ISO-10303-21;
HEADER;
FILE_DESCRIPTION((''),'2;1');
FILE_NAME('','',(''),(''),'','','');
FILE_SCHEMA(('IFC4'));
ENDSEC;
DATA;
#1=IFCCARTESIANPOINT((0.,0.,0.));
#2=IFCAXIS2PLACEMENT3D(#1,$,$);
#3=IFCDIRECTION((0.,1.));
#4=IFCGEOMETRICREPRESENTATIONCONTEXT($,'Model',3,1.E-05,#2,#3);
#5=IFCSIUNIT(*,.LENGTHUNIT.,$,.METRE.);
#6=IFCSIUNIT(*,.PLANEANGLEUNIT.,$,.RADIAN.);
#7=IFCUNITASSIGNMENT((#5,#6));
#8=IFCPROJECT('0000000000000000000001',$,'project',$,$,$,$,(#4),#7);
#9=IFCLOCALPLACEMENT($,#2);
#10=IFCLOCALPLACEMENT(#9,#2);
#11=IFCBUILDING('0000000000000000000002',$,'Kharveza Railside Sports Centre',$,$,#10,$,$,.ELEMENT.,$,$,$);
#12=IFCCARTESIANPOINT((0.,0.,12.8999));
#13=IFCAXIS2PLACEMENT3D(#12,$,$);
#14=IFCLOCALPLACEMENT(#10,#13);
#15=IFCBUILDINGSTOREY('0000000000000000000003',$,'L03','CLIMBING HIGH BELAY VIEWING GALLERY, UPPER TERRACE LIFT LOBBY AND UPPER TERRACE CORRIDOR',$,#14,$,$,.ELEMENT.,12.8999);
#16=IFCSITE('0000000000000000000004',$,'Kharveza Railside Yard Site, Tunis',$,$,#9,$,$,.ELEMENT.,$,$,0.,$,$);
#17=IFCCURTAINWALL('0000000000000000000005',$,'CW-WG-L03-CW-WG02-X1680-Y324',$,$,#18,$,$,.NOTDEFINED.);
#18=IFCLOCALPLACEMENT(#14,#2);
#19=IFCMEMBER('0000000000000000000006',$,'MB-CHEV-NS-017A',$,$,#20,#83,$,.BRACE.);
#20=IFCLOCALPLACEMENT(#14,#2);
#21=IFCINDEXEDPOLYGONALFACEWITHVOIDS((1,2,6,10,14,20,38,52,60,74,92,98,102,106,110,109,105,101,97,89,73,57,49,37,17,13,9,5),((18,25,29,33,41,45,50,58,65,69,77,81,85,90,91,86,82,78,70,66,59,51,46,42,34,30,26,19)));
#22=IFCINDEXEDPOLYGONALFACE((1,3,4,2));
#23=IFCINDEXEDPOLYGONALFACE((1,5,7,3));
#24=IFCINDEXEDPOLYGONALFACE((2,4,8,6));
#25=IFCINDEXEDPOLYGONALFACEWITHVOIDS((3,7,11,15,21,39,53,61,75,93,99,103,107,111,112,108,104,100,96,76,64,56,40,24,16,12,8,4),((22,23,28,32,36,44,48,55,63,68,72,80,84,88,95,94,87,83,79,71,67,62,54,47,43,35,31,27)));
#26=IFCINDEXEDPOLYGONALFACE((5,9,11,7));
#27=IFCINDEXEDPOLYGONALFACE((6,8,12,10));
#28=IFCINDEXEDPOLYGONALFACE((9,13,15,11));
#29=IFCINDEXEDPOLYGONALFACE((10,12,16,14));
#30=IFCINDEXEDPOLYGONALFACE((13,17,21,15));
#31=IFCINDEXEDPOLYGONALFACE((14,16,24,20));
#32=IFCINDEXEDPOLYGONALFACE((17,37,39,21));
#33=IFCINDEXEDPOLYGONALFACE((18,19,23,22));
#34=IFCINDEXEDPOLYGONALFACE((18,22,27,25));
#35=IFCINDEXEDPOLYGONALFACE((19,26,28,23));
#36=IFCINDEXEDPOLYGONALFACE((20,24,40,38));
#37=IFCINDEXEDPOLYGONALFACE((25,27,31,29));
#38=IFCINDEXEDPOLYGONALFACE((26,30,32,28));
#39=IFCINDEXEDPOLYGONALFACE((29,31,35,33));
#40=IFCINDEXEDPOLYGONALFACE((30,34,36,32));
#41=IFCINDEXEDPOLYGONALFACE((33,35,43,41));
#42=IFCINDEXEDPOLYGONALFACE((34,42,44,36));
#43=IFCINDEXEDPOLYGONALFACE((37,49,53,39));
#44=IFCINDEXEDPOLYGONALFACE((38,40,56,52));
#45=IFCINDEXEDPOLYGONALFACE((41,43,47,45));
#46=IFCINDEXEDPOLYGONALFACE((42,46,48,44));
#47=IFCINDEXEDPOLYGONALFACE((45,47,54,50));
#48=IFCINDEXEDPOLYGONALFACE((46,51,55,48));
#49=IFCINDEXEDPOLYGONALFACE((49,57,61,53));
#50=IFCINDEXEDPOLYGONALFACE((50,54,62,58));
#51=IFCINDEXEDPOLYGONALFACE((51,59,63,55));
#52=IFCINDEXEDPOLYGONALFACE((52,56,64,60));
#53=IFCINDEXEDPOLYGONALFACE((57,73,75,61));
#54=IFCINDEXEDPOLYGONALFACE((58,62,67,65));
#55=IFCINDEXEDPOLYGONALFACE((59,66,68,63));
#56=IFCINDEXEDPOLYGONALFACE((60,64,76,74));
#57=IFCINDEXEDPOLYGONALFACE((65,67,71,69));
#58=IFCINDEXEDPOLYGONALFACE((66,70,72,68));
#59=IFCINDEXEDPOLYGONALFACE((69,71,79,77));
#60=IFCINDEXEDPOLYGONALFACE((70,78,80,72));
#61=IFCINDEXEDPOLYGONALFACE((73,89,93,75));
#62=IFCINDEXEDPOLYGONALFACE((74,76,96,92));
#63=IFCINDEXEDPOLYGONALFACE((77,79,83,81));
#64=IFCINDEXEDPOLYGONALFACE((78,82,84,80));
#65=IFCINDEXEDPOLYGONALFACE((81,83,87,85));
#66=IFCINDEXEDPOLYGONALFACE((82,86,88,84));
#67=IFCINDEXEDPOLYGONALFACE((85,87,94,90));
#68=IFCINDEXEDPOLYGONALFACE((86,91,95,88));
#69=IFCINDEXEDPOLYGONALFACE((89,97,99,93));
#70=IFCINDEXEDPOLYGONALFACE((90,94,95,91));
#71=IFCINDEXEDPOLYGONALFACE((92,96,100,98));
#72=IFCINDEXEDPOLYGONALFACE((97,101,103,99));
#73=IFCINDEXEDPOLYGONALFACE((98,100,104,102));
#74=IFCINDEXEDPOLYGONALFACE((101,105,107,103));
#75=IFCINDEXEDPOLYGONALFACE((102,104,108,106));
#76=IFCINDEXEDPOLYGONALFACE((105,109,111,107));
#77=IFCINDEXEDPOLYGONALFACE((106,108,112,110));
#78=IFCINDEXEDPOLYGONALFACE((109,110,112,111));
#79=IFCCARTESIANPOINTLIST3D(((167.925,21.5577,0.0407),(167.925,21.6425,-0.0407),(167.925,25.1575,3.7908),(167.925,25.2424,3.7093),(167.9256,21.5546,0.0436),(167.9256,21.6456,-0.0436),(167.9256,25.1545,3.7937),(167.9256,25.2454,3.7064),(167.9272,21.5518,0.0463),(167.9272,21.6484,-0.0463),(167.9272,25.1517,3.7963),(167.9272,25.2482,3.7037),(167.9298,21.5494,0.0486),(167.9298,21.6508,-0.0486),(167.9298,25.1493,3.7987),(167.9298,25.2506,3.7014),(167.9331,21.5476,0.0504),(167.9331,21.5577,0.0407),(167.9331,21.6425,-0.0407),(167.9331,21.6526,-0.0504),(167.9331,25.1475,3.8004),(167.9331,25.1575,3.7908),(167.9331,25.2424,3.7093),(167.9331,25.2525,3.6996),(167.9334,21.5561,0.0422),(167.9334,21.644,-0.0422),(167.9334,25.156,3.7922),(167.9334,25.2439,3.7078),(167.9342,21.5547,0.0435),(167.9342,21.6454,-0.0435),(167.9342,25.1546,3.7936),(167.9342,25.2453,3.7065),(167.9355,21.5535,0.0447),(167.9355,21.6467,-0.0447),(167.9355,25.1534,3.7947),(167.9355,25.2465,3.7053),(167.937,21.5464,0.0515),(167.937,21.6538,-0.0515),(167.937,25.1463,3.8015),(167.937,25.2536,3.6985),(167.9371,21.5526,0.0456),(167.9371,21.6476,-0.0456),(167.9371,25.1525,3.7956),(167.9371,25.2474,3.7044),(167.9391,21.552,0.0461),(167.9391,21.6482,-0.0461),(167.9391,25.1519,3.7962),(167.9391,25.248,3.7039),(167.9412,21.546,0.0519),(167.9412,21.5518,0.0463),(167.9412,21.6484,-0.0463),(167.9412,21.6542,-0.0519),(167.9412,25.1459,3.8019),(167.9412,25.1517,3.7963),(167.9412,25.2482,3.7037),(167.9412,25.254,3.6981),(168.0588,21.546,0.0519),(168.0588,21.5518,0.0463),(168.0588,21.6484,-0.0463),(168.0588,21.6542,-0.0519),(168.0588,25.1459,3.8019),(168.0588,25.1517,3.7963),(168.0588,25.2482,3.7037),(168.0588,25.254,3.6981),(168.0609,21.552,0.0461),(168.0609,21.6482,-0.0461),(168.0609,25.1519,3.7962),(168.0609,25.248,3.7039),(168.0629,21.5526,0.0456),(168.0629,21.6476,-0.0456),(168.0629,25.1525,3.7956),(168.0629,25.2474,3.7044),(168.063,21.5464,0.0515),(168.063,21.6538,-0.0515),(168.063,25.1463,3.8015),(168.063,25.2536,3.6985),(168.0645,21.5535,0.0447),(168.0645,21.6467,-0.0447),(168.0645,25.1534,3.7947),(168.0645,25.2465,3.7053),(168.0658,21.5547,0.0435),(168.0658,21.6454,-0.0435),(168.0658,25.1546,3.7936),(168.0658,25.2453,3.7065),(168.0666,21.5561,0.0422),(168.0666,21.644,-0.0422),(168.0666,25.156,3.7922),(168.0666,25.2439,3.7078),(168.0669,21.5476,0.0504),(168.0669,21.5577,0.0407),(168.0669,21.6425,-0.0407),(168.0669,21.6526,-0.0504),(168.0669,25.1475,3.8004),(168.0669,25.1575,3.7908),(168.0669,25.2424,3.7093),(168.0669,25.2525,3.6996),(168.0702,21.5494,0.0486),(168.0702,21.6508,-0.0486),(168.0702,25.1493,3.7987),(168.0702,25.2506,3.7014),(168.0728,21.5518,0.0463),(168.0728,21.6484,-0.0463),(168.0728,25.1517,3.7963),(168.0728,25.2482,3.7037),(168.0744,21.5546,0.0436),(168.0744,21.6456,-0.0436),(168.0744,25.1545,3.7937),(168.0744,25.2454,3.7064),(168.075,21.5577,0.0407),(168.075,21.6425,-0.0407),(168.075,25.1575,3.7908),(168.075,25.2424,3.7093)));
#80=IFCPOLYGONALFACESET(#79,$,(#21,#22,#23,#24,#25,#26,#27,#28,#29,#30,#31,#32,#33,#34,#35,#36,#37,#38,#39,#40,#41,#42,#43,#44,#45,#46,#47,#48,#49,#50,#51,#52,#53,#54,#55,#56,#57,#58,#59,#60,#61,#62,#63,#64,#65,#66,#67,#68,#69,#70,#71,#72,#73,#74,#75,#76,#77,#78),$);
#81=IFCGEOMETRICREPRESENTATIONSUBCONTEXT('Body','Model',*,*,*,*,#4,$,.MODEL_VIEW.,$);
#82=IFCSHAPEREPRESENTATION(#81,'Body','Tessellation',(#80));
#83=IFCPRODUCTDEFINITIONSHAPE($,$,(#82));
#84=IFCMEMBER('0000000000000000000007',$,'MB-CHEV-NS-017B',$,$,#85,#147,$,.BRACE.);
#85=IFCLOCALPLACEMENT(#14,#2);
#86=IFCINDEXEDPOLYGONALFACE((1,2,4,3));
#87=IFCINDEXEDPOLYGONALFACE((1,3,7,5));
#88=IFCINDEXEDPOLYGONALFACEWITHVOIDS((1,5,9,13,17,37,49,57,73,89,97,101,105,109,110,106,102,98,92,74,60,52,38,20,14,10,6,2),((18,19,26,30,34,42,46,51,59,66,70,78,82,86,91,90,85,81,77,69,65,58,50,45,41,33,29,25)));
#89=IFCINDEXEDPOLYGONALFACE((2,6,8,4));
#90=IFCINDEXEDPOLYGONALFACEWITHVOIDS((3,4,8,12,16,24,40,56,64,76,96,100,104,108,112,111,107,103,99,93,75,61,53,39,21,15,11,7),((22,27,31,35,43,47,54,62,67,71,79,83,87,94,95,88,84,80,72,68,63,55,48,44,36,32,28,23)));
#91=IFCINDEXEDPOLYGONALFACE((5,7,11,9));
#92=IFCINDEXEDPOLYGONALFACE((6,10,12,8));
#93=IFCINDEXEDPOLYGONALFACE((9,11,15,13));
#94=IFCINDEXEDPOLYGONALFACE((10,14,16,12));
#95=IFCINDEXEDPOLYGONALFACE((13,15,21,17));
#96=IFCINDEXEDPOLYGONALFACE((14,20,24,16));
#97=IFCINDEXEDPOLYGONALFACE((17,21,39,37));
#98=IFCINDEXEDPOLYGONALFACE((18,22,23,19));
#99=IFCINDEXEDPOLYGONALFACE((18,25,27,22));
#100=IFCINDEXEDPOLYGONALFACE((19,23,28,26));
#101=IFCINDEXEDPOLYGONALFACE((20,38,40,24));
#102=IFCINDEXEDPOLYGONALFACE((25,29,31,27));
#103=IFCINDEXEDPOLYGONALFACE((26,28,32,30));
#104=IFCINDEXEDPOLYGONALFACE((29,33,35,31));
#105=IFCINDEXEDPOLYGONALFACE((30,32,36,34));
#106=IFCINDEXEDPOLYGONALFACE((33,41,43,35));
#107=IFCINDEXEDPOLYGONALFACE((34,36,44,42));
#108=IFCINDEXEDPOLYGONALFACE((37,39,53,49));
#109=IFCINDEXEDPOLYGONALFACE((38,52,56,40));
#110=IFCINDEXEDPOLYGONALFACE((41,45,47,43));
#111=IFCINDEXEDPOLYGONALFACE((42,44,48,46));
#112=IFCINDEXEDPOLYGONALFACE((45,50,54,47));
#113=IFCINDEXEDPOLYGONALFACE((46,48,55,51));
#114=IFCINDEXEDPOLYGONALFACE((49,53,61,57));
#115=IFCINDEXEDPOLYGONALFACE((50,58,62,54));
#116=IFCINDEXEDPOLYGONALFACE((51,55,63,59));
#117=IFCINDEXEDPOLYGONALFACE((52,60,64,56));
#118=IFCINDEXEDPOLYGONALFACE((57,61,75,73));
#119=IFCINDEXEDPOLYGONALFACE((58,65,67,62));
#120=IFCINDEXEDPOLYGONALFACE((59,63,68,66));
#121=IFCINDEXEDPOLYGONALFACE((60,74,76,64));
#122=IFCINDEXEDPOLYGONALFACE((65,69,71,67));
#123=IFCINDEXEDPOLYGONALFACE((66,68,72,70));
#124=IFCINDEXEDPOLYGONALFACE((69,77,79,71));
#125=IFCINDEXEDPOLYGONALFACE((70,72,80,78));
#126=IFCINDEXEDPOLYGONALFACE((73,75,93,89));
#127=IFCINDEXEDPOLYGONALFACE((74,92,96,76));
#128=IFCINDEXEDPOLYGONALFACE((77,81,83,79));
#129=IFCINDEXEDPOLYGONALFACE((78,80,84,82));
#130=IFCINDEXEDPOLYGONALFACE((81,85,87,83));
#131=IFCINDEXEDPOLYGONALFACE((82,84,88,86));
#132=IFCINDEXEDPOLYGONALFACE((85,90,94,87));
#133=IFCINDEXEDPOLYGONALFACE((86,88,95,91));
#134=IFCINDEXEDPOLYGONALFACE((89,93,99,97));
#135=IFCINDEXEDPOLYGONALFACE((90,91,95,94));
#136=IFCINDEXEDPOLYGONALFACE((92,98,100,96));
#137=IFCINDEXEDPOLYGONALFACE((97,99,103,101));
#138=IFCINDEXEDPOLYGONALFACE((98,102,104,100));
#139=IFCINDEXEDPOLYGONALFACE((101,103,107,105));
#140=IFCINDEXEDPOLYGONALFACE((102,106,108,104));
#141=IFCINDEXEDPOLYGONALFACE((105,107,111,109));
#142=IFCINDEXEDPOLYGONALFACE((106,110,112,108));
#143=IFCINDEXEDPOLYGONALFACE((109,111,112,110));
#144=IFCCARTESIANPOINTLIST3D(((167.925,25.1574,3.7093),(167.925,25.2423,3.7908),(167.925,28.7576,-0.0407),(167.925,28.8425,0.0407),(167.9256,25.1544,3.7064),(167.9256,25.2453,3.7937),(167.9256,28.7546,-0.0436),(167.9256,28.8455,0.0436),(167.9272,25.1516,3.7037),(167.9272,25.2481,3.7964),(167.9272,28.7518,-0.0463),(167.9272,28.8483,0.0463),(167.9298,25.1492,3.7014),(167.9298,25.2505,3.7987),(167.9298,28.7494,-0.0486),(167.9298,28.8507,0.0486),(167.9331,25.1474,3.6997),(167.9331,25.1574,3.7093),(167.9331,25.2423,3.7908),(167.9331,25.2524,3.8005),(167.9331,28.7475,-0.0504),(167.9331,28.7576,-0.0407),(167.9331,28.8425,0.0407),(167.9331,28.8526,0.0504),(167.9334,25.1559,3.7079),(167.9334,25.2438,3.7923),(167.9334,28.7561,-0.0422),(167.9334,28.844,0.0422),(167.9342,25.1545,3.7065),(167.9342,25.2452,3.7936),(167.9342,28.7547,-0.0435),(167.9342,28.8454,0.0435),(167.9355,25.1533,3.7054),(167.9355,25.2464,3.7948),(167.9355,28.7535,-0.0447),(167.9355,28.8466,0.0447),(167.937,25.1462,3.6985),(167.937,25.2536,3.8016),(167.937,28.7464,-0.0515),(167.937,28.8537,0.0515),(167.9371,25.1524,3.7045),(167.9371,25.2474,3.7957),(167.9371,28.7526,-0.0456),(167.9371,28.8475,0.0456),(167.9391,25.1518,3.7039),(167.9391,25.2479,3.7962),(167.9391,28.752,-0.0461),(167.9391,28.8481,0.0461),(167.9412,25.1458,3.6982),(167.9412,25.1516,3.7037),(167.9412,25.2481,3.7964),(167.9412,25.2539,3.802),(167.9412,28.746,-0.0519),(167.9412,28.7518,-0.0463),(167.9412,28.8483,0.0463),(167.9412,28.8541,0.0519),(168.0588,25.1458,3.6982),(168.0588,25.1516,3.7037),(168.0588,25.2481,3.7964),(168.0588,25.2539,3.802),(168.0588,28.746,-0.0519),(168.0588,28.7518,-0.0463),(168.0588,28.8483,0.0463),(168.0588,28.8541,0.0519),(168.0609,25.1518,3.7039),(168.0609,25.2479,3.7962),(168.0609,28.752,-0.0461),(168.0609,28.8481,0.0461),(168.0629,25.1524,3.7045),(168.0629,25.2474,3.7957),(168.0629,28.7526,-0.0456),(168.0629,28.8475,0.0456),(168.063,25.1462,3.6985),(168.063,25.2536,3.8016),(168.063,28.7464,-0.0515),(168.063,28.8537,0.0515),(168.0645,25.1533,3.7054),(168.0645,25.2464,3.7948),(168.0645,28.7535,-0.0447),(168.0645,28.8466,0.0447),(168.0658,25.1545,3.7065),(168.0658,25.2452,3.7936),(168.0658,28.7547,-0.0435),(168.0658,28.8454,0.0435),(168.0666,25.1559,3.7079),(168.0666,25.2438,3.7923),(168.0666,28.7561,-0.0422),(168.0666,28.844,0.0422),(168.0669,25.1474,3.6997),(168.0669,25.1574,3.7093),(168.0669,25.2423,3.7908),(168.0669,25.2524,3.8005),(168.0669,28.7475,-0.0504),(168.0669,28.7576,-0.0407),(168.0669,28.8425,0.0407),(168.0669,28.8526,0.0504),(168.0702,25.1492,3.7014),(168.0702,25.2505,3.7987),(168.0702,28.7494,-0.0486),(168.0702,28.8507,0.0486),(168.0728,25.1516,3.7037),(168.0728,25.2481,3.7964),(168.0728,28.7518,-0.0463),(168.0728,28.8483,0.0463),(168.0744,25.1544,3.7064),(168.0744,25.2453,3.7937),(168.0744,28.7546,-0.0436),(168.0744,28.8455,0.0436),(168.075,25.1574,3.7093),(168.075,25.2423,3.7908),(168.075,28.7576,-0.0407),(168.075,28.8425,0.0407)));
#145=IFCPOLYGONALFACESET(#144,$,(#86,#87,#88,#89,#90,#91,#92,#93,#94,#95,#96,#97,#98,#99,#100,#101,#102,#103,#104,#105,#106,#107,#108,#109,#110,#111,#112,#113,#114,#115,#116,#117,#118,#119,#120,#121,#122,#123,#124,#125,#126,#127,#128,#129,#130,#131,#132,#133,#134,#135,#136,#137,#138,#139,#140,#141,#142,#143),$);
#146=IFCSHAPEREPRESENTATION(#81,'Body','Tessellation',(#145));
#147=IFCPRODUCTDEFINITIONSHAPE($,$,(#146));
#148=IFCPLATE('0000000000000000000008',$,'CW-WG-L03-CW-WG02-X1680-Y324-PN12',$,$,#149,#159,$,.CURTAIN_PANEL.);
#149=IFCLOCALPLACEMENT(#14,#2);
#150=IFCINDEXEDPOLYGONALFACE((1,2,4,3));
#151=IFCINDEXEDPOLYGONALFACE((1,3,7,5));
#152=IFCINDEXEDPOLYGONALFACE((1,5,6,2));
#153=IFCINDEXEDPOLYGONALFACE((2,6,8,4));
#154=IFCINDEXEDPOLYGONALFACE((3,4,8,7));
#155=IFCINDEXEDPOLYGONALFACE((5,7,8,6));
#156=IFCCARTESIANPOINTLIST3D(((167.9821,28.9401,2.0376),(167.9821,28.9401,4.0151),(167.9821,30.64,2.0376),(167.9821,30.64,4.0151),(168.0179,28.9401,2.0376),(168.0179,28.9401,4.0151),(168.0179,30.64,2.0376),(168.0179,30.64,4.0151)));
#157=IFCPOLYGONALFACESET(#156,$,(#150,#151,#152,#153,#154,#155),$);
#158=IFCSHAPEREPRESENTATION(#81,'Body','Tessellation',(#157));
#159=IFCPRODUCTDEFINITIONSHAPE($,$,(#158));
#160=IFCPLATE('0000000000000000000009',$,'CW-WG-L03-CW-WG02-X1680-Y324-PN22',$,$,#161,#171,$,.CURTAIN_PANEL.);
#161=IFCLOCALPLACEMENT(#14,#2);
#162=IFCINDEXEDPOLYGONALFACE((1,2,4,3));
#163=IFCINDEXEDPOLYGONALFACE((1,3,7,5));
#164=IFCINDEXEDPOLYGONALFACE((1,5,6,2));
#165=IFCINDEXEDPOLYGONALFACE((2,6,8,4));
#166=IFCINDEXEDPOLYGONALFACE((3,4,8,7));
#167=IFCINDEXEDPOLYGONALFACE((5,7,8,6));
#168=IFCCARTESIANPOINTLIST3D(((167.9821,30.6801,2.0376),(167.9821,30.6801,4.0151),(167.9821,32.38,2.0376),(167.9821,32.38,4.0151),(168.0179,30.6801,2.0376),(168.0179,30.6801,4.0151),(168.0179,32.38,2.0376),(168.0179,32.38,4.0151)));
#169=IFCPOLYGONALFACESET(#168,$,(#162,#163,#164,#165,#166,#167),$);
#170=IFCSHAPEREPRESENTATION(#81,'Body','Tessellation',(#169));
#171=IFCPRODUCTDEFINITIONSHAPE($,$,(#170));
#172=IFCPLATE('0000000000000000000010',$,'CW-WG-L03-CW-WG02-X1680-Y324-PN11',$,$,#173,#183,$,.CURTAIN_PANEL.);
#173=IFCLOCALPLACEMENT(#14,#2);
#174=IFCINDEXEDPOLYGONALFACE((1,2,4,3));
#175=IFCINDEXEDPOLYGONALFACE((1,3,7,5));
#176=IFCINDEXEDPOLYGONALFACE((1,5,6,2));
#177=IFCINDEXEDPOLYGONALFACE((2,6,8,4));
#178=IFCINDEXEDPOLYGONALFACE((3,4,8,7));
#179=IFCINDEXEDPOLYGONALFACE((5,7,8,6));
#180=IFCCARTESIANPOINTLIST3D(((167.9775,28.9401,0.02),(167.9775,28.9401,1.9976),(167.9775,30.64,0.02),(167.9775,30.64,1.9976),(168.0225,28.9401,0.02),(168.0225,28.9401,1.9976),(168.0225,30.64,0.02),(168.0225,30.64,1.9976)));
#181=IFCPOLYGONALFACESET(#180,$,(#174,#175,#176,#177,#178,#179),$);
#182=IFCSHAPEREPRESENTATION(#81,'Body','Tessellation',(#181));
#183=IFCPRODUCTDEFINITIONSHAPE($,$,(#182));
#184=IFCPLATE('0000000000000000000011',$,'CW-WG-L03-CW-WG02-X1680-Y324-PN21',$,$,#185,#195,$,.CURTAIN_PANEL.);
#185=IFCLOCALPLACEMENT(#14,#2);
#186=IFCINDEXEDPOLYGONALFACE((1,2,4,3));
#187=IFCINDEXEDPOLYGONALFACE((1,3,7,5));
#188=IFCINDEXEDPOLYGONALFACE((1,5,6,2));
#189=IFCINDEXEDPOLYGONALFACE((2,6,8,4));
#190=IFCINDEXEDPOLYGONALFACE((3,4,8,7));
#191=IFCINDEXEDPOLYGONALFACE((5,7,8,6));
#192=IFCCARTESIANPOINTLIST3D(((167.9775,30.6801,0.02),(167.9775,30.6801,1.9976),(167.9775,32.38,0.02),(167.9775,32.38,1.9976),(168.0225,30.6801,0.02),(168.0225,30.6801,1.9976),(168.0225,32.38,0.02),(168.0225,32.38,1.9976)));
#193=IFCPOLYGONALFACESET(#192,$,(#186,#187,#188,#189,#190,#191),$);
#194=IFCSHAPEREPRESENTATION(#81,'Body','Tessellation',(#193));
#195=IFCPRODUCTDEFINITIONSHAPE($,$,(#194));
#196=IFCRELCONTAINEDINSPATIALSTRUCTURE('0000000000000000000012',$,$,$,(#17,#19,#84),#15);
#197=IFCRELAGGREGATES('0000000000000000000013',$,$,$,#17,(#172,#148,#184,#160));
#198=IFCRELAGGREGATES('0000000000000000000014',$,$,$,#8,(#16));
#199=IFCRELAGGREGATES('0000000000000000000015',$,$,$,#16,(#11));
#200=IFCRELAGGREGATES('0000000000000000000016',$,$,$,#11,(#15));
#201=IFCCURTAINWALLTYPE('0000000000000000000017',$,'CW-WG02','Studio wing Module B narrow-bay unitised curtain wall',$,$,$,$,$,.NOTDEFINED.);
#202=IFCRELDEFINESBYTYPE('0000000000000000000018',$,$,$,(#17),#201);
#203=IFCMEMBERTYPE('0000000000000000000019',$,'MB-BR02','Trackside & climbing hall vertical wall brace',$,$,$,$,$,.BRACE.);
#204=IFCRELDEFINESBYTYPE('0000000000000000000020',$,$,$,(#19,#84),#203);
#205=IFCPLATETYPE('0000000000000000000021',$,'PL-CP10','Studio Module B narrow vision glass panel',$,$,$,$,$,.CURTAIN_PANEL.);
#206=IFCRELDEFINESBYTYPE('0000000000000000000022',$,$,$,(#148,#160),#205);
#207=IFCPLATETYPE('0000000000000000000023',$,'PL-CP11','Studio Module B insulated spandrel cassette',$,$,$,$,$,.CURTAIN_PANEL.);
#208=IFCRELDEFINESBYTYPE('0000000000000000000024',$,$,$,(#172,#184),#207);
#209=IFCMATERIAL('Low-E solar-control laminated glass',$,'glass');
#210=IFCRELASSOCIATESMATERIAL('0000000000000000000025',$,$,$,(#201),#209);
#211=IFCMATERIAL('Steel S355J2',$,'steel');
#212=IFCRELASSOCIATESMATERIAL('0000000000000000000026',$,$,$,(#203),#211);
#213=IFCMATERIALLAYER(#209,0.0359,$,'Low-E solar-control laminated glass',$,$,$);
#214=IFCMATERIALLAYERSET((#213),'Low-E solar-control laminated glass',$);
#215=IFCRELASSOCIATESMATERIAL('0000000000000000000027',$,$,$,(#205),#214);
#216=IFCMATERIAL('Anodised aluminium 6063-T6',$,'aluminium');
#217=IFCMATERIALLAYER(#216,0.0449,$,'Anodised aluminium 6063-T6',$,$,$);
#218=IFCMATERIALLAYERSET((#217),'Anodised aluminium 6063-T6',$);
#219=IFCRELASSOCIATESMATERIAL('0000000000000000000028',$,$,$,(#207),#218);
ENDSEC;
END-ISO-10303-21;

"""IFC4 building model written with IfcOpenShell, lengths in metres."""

from ifc_helpers import new_model, si_unit, direction, frame, origin, origin_2d, place, context, subcontext, project, spatial, rectangle, hollow_rectangle, extrude, material, layer, layer_set, material_profile, profile_set, type_object, element, aggregate, save


model = new_model("IFC4")

# Units and contexts
model_context = context("Model", 3, precision=1e-05, world=origin(), true_north=direction((0.0, 1.0)))
body_context = subcontext(model_context, "Body", "Model", "MODEL_VIEW")
ifc_project = project(units=[si_unit("LENGTHUNIT", "METRE"), si_unit("PLANEANGLEUNIT", "RADIAN")], contexts=[model_context])

# Site, building, storey
site_placement = place(None, origin())
site = spatial("IfcSite", under=ifc_project, at=site_placement, Name="Kharveza Railside Yard Site, Tunis", CompositionType="ELEMENT", RefElevation=0.0)
building_placement = place(site_placement, origin())
building = spatial("IfcBuilding", under=site, at=building_placement, Name="Kharveza Railside Sports Centre", CompositionType="ELEMENT")
storey_placement = place(building_placement, frame((0.0, 0.0, 12.8999)))
storey = spatial("IfcBuildingStorey", under=building, at=storey_placement, Name="L03", Description="CLIMBING HIGH BELAY VIEWING GALLERY, UPPER TERRACE LIFT LOBBY AND UPPER TERRACE CORRIDOR", CompositionType="ELEMENT", Elevation=12.8999)

# Shared definitions
ifc_material_1 = material(Name="Steel S355J2", Category="steel")

# Curtain wall
ifc_material_2 = material(Name="Low-E solar-control laminated glass", Category="glass")
curtain_wall_type = type_object("IfcCurtainWallType", Name="CW-WG02", Description="Studio wing Module B narrow-bay unitised curtain wall", PredefinedType="NOTDEFINED", material=ifc_material_2)
curtain_wall_placement = place(storey_placement, origin())
curtain_wall = element("IfcCurtainWall", 1, at=curtain_wall_placement, inside=storey, type_object=curtain_wall_type, Name="CW-WG-L03-CW-WG02-X1680-Y324", PredefinedType="NOTDEFINED")
ifc_material_3 = material(Name="Anodised aluminium 6063-T6", Category="aluminium")

# Members
ifc_material_profile_1 = material_profile(ifc_material_1, hollow_rectangle(XDim=0.1499, YDim=0.1499, WallThickness=0.0081, InnerFilletRadius=0.0081, OuterFilletRadius=0.0161, at=origin_2d()), Name="SHS 150x150x8.0")
ifc_profile_set_1 = profile_set([ifc_material_profile_1], Name="Steel S355J2")
member_type_1 = type_object("IfcMemberType", Name="MB-BR02", Description="Trackside & climbing hall vertical wall brace", PredefinedType="BRACE", material=ifc_profile_set_1)
member_1_placement = place(storey_placement, frame((168.0, 21.6001, 0.0), z_axis=(0.0, 0.692517, 0.721401), x_axis=(-1.0, 0.0, 0.0)))
element("IfcMember", 2, at=member_1_placement, inside=storey, type_object=member_type_1, Name="MB-CHEV-NS-017A", PredefinedType="BRACE", context=body_context, shape_type="SweptSolid", body=[
    extrude(hollow_rectangle(XDim=0.1499, YDim=0.1499, WallThickness=0.0081, InnerFilletRadius=0.0081, OuterFilletRadius=0.0161, at=origin_2d()), origin(), (0.0, 0.0, 1.0), 5.1982),
])
member_2_placement = place(storey_placement, frame((168.0, 28.8, 0.0), z_axis=(0.0, -0.692542, 0.721378), x_axis=(1.0, 0.0, 0.0)))
element("IfcMember", 3, at=member_2_placement, inside=storey, type_object=member_type_1, Name="MB-CHEV-NS-017B", PredefinedType="BRACE", context=body_context, shape_type="SweptSolid", body=[
    extrude(hollow_rectangle(XDim=0.1499, YDim=0.1499, WallThickness=0.0081, InnerFilletRadius=0.0081, OuterFilletRadius=0.0161, at=origin_2d()), origin(), (0.0, 0.0, 1.0), 5.1985),
])

# Plates
ifc_layer_1 = layer(ifc_material_2, 0.0359, Name="Low-E solar-control laminated glass")
ifc_layer_set_1 = layer_set([ifc_layer_1], Name="Low-E solar-control laminated glass")
plate_type_1 = type_object("IfcPlateType", Name="PL-CP10", Description="Studio Module B narrow vision glass panel", PredefinedType="CURTAIN_PANEL", material=ifc_layer_set_1)
plate_1_placement = place(storey_placement, frame((168.0, 29.79, 2.0376), z_axis=(0.0, 0.0, 1.0), x_axis=(0.0, 1.0, 0.0)))
plate_1 = element("IfcPlate", 4, at=plate_1_placement, type_object=plate_type_1, Name="CW-WG-L03-CW-WG02-X1680-Y324-PN12", PredefinedType="CURTAIN_PANEL", context=body_context, shape_type="SweptSolid", body=[
    extrude(rectangle(XDim=1.7, YDim=0.0359, at=origin_2d()), origin(), (0.0, 0.0, 1.0), 1.9775),
])
plate_2_placement = place(storey_placement, frame((168.0, 31.53, 2.0376), z_axis=(0.0, 0.0, 1.0), x_axis=(0.0, 1.0, 0.0)))
plate_2 = element("IfcPlate", 5, at=plate_2_placement, type_object=plate_type_1, Name="CW-WG-L03-CW-WG02-X1680-Y324-PN22", PredefinedType="CURTAIN_PANEL", context=body_context, shape_type="SweptSolid", body=[
    extrude(rectangle(XDim=1.7, YDim=0.0359, at=origin_2d()), origin(), (0.0, 0.0, 1.0), 1.9775),
])
ifc_layer_2 = layer(ifc_material_3, 0.0449, Name="Anodised aluminium 6063-T6")
ifc_layer_set_2 = layer_set([ifc_layer_2], Name="Anodised aluminium 6063-T6")
plate_type_2 = type_object("IfcPlateType", Name="PL-CP11", Description="Studio Module B insulated spandrel cassette", PredefinedType="CURTAIN_PANEL", material=ifc_layer_set_2)
plate_3_placement = place(storey_placement, frame((168.0, 29.79, 0.02), z_axis=(0.0, 0.0, 1.0), x_axis=(0.0, 1.0, 0.0)))
plate_3 = element("IfcPlate", 6, at=plate_3_placement, type_object=plate_type_2, Name="CW-WG-L03-CW-WG02-X1680-Y324-PN11", PredefinedType="CURTAIN_PANEL", context=body_context, shape_type="SweptSolid", body=[
    extrude(rectangle(XDim=1.7, YDim=0.0449, at=origin_2d()), origin(), (0.0, 0.0, 1.0), 1.9775),
])
plate_4_placement = place(storey_placement, frame((168.0, 31.53, 0.02), z_axis=(0.0, 0.0, 1.0), x_axis=(0.0, 1.0, 0.0)))
plate_4 = element("IfcPlate", 7, at=plate_4_placement, type_object=plate_type_2, Name="CW-WG-L03-CW-WG02-X1680-Y324-PN21", PredefinedType="CURTAIN_PANEL", context=body_context, shape_type="SweptSolid", body=[
    extrude(rectangle(XDim=1.7, YDim=0.0449, at=origin_2d()), origin(), (0.0, 0.0, 1.0), 1.9775),
])
aggregate(curtain_wall, [plate_3, plate_1, plate_4, plate_2])

save(model, "model.ifc")
